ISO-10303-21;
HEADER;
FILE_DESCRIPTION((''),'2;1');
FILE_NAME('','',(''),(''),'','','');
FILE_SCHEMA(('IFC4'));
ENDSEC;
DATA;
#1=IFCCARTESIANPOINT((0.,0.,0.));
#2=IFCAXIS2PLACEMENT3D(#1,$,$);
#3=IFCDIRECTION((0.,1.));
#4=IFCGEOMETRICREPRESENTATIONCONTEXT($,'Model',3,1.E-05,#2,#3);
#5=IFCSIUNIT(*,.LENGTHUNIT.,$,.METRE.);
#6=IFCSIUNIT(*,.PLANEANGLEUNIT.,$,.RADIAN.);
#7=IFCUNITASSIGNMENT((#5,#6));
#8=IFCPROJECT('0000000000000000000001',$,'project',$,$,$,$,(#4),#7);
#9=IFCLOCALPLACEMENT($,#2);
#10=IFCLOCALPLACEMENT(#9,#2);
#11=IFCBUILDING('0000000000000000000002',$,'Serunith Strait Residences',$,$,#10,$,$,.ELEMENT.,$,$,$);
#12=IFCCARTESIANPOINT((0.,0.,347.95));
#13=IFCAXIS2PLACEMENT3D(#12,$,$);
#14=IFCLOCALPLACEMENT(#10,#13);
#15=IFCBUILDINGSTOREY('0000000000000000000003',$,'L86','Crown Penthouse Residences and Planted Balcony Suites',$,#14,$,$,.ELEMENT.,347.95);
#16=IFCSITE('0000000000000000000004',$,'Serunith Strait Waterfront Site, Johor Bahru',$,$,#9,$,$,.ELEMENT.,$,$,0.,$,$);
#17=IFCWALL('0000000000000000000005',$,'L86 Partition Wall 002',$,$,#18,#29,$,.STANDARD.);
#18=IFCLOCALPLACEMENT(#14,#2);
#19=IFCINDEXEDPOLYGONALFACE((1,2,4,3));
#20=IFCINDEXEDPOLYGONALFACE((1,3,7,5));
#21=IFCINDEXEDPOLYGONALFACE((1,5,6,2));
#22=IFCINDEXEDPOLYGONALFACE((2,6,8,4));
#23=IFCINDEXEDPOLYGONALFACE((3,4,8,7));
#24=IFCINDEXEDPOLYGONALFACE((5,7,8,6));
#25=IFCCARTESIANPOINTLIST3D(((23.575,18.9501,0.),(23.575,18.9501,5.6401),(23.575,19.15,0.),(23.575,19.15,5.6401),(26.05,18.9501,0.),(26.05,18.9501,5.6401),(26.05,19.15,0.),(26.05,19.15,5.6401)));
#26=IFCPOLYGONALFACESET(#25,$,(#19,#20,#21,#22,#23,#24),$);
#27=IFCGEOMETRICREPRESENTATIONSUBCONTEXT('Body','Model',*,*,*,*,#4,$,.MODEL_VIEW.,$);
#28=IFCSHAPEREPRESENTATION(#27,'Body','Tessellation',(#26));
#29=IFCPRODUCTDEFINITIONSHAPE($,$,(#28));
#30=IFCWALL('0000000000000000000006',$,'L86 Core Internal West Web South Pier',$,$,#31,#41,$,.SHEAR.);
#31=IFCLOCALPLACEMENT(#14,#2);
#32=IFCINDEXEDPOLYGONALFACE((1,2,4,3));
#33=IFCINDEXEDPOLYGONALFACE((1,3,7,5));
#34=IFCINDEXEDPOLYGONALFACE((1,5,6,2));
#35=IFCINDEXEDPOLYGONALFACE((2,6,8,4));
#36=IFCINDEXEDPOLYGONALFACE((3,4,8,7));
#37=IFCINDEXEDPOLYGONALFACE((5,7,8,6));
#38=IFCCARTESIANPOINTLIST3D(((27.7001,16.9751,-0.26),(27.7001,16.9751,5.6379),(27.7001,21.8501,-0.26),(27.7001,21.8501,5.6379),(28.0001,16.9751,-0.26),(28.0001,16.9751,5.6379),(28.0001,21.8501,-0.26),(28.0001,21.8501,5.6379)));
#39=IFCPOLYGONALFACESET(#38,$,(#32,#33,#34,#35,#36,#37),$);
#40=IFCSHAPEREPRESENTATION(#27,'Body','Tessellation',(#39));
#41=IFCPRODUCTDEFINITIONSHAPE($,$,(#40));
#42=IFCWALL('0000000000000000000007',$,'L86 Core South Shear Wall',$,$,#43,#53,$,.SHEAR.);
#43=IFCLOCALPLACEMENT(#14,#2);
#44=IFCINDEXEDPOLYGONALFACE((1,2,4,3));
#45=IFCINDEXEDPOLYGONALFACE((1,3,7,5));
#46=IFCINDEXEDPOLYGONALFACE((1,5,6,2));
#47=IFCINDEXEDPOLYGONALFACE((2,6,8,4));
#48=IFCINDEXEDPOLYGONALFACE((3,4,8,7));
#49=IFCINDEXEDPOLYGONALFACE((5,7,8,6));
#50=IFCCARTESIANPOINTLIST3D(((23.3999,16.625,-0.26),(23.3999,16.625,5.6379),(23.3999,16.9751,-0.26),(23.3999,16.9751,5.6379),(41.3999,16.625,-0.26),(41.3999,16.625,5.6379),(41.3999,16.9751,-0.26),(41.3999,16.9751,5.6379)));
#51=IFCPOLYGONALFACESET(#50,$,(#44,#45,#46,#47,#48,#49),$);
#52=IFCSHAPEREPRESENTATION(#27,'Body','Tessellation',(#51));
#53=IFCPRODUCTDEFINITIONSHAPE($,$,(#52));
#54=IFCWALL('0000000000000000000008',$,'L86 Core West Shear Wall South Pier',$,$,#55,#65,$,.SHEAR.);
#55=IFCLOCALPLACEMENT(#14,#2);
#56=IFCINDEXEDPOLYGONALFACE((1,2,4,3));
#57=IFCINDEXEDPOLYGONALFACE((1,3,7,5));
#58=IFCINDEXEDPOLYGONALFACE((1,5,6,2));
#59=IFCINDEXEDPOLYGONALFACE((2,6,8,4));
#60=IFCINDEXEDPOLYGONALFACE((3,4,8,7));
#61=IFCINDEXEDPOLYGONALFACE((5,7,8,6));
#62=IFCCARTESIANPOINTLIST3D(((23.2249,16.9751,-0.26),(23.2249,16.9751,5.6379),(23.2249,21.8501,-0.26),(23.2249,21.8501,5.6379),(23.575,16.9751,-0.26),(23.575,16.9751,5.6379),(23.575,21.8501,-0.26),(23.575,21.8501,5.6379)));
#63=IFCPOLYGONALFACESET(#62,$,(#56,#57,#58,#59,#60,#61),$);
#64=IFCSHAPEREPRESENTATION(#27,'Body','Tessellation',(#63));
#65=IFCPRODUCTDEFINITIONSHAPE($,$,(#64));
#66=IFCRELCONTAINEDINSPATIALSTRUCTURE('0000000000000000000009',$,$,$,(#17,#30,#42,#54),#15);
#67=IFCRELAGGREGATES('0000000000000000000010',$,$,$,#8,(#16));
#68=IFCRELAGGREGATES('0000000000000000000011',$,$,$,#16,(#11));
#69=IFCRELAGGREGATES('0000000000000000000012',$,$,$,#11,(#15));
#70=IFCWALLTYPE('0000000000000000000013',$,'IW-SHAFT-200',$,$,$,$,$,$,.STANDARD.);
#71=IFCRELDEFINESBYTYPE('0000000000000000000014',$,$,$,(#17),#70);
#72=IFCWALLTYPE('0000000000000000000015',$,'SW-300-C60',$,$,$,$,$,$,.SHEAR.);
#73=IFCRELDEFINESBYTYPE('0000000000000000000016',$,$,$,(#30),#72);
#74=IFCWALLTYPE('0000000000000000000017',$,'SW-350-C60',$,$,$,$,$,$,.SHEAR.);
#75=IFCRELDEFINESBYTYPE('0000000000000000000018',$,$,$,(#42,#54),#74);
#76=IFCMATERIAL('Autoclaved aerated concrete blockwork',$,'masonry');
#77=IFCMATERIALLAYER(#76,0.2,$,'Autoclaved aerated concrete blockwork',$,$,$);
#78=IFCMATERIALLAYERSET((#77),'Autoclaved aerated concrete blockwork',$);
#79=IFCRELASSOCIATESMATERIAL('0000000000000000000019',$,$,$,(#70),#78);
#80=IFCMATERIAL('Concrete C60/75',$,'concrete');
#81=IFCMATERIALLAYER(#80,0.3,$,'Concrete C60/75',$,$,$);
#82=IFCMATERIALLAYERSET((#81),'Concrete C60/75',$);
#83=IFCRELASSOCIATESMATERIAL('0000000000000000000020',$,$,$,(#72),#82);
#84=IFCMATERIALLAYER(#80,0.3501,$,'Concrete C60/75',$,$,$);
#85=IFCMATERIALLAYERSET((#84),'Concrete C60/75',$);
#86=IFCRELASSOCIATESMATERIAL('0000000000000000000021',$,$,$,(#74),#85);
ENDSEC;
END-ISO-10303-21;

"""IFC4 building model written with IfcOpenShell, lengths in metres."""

from ifc_helpers import new_model, si_unit, direction, frame, frame_2d, origin, place, context, subcontext, project, spatial, rectangle, extrude, material, layer, layer_set, type_object, element, save


model = new_model("IFC4")

# Units and contexts
model_context = context("Model", 3, precision=1e-05, world=origin(), true_north=direction((0.0, 1.0)))
body_context = subcontext(model_context, "Body", "Model", "MODEL_VIEW")
ifc_project = project(units=[si_unit("LENGTHUNIT", "METRE"), si_unit("PLANEANGLEUNIT", "RADIAN")], contexts=[model_context])

# Site, building, storey
site_placement = place(None, origin())
site = spatial("IfcSite", under=ifc_project, at=site_placement, Name="Serunith Strait Waterfront Site, Johor Bahru", CompositionType="ELEMENT", RefElevation=0.0)
building_placement = place(site_placement, origin())
building = spatial("IfcBuilding", under=site, at=building_placement, Name="Serunith Strait Residences", CompositionType="ELEMENT")
storey_placement = place(building_placement, frame((0.0, 0.0, 347.95)))
storey = spatial("IfcBuildingStorey", under=building, at=storey_placement, Name="L86", Description="Crown Penthouse Residences and Planted Balcony Suites", CompositionType="ELEMENT", Elevation=347.95)

# Walls
ifc_material_1 = material(Name="Autoclaved aerated concrete blockwork", Category="masonry")
ifc_layer_1 = layer(ifc_material_1, 0.2, Name="Autoclaved aerated concrete blockwork")
ifc_layer_set_1 = layer_set([ifc_layer_1], Name="Autoclaved aerated concrete blockwork")
wall_type_1 = type_object("IfcWallType", Name="IW-SHAFT-200", PredefinedType="STANDARD", material=ifc_layer_set_1)
wall_1_placement = place(storey_placement, frame((23.575, 19.05, 0.0), z_axis=(0.0, 0.0, 1.0), x_axis=(1.0, 0.0, 0.0)))
element("IfcWall", 1, at=wall_1_placement, inside=storey, type_object=wall_type_1, Name="L86 Partition Wall 002", PredefinedType="STANDARD", context=body_context, shape_type="SweptSolid", body=[
    extrude(rectangle(XDim=2.4751, YDim=0.2, at=frame_2d((1.2375, 0.0))), origin(), (0.0, 0.0, 1.0), 5.6401),
])
ifc_material_2 = material(Name="Concrete C60/75", Category="concrete")
ifc_layer_2 = layer(ifc_material_2, 0.3, Name="Concrete C60/75")
ifc_layer_set_2 = layer_set([ifc_layer_2], Name="Concrete C60/75")
wall_type_2 = type_object("IfcWallType", Name="SW-300-C60", PredefinedType="SHEAR", material=ifc_layer_set_2)
wall_2_placement = place(storey_placement, frame((27.8501, 16.9751, -0.26), z_axis=(0.0, 0.0, 1.0), x_axis=(0.0, 1.0, 0.0)))
element("IfcWall", 2, at=wall_2_placement, inside=storey, type_object=wall_type_2, Name="L86 Core Internal West Web South Pier", PredefinedType="SHEAR", context=body_context, shape_type="SweptSolid", body=[
    extrude(rectangle(XDim=4.875, YDim=0.3, at=frame_2d((2.4375, 0.0))), origin(), (0.0, 0.0, 1.0), 5.8979),
])
ifc_layer_3 = layer(ifc_material_2, 0.3501, Name="Concrete C60/75")
ifc_layer_set_3 = layer_set([ifc_layer_3], Name="Concrete C60/75")
wall_type_3 = type_object("IfcWallType", Name="SW-350-C60", PredefinedType="SHEAR", material=ifc_layer_set_3)
wall_3_placement = place(storey_placement, frame((23.3999, 16.8, -0.26), z_axis=(0.0, 0.0, 1.0), x_axis=(1.0, 0.0, 0.0)))
element("IfcWall", 3, at=wall_3_placement, inside=storey, type_object=wall_type_3, Name="L86 Core South Shear Wall", PredefinedType="SHEAR", context=body_context, shape_type="SweptSolid", body=[
    extrude(rectangle(XDim=18.0, YDim=0.3501, at=frame_2d((9.0, 0.0))), origin(), (0.0, 0.0, 1.0), 5.8979),
])
wall_4_placement = place(storey_placement, frame((23.3999, 16.9751, -0.26), z_axis=(0.0, 0.0, 1.0), x_axis=(0.0, 1.0, 0.0)))
element("IfcWall", 4, at=wall_4_placement, inside=storey, type_object=wall_type_3, Name="L86 Core West Shear Wall South Pier", PredefinedType="SHEAR", context=body_context, shape_type="SweptSolid", body=[
    extrude(rectangle(XDim=4.875, YDim=0.3501, at=frame_2d((2.4375, 0.0))), origin(), (0.0, 0.0, 1.0), 5.8979),
])

save(model, "model.ifc")
